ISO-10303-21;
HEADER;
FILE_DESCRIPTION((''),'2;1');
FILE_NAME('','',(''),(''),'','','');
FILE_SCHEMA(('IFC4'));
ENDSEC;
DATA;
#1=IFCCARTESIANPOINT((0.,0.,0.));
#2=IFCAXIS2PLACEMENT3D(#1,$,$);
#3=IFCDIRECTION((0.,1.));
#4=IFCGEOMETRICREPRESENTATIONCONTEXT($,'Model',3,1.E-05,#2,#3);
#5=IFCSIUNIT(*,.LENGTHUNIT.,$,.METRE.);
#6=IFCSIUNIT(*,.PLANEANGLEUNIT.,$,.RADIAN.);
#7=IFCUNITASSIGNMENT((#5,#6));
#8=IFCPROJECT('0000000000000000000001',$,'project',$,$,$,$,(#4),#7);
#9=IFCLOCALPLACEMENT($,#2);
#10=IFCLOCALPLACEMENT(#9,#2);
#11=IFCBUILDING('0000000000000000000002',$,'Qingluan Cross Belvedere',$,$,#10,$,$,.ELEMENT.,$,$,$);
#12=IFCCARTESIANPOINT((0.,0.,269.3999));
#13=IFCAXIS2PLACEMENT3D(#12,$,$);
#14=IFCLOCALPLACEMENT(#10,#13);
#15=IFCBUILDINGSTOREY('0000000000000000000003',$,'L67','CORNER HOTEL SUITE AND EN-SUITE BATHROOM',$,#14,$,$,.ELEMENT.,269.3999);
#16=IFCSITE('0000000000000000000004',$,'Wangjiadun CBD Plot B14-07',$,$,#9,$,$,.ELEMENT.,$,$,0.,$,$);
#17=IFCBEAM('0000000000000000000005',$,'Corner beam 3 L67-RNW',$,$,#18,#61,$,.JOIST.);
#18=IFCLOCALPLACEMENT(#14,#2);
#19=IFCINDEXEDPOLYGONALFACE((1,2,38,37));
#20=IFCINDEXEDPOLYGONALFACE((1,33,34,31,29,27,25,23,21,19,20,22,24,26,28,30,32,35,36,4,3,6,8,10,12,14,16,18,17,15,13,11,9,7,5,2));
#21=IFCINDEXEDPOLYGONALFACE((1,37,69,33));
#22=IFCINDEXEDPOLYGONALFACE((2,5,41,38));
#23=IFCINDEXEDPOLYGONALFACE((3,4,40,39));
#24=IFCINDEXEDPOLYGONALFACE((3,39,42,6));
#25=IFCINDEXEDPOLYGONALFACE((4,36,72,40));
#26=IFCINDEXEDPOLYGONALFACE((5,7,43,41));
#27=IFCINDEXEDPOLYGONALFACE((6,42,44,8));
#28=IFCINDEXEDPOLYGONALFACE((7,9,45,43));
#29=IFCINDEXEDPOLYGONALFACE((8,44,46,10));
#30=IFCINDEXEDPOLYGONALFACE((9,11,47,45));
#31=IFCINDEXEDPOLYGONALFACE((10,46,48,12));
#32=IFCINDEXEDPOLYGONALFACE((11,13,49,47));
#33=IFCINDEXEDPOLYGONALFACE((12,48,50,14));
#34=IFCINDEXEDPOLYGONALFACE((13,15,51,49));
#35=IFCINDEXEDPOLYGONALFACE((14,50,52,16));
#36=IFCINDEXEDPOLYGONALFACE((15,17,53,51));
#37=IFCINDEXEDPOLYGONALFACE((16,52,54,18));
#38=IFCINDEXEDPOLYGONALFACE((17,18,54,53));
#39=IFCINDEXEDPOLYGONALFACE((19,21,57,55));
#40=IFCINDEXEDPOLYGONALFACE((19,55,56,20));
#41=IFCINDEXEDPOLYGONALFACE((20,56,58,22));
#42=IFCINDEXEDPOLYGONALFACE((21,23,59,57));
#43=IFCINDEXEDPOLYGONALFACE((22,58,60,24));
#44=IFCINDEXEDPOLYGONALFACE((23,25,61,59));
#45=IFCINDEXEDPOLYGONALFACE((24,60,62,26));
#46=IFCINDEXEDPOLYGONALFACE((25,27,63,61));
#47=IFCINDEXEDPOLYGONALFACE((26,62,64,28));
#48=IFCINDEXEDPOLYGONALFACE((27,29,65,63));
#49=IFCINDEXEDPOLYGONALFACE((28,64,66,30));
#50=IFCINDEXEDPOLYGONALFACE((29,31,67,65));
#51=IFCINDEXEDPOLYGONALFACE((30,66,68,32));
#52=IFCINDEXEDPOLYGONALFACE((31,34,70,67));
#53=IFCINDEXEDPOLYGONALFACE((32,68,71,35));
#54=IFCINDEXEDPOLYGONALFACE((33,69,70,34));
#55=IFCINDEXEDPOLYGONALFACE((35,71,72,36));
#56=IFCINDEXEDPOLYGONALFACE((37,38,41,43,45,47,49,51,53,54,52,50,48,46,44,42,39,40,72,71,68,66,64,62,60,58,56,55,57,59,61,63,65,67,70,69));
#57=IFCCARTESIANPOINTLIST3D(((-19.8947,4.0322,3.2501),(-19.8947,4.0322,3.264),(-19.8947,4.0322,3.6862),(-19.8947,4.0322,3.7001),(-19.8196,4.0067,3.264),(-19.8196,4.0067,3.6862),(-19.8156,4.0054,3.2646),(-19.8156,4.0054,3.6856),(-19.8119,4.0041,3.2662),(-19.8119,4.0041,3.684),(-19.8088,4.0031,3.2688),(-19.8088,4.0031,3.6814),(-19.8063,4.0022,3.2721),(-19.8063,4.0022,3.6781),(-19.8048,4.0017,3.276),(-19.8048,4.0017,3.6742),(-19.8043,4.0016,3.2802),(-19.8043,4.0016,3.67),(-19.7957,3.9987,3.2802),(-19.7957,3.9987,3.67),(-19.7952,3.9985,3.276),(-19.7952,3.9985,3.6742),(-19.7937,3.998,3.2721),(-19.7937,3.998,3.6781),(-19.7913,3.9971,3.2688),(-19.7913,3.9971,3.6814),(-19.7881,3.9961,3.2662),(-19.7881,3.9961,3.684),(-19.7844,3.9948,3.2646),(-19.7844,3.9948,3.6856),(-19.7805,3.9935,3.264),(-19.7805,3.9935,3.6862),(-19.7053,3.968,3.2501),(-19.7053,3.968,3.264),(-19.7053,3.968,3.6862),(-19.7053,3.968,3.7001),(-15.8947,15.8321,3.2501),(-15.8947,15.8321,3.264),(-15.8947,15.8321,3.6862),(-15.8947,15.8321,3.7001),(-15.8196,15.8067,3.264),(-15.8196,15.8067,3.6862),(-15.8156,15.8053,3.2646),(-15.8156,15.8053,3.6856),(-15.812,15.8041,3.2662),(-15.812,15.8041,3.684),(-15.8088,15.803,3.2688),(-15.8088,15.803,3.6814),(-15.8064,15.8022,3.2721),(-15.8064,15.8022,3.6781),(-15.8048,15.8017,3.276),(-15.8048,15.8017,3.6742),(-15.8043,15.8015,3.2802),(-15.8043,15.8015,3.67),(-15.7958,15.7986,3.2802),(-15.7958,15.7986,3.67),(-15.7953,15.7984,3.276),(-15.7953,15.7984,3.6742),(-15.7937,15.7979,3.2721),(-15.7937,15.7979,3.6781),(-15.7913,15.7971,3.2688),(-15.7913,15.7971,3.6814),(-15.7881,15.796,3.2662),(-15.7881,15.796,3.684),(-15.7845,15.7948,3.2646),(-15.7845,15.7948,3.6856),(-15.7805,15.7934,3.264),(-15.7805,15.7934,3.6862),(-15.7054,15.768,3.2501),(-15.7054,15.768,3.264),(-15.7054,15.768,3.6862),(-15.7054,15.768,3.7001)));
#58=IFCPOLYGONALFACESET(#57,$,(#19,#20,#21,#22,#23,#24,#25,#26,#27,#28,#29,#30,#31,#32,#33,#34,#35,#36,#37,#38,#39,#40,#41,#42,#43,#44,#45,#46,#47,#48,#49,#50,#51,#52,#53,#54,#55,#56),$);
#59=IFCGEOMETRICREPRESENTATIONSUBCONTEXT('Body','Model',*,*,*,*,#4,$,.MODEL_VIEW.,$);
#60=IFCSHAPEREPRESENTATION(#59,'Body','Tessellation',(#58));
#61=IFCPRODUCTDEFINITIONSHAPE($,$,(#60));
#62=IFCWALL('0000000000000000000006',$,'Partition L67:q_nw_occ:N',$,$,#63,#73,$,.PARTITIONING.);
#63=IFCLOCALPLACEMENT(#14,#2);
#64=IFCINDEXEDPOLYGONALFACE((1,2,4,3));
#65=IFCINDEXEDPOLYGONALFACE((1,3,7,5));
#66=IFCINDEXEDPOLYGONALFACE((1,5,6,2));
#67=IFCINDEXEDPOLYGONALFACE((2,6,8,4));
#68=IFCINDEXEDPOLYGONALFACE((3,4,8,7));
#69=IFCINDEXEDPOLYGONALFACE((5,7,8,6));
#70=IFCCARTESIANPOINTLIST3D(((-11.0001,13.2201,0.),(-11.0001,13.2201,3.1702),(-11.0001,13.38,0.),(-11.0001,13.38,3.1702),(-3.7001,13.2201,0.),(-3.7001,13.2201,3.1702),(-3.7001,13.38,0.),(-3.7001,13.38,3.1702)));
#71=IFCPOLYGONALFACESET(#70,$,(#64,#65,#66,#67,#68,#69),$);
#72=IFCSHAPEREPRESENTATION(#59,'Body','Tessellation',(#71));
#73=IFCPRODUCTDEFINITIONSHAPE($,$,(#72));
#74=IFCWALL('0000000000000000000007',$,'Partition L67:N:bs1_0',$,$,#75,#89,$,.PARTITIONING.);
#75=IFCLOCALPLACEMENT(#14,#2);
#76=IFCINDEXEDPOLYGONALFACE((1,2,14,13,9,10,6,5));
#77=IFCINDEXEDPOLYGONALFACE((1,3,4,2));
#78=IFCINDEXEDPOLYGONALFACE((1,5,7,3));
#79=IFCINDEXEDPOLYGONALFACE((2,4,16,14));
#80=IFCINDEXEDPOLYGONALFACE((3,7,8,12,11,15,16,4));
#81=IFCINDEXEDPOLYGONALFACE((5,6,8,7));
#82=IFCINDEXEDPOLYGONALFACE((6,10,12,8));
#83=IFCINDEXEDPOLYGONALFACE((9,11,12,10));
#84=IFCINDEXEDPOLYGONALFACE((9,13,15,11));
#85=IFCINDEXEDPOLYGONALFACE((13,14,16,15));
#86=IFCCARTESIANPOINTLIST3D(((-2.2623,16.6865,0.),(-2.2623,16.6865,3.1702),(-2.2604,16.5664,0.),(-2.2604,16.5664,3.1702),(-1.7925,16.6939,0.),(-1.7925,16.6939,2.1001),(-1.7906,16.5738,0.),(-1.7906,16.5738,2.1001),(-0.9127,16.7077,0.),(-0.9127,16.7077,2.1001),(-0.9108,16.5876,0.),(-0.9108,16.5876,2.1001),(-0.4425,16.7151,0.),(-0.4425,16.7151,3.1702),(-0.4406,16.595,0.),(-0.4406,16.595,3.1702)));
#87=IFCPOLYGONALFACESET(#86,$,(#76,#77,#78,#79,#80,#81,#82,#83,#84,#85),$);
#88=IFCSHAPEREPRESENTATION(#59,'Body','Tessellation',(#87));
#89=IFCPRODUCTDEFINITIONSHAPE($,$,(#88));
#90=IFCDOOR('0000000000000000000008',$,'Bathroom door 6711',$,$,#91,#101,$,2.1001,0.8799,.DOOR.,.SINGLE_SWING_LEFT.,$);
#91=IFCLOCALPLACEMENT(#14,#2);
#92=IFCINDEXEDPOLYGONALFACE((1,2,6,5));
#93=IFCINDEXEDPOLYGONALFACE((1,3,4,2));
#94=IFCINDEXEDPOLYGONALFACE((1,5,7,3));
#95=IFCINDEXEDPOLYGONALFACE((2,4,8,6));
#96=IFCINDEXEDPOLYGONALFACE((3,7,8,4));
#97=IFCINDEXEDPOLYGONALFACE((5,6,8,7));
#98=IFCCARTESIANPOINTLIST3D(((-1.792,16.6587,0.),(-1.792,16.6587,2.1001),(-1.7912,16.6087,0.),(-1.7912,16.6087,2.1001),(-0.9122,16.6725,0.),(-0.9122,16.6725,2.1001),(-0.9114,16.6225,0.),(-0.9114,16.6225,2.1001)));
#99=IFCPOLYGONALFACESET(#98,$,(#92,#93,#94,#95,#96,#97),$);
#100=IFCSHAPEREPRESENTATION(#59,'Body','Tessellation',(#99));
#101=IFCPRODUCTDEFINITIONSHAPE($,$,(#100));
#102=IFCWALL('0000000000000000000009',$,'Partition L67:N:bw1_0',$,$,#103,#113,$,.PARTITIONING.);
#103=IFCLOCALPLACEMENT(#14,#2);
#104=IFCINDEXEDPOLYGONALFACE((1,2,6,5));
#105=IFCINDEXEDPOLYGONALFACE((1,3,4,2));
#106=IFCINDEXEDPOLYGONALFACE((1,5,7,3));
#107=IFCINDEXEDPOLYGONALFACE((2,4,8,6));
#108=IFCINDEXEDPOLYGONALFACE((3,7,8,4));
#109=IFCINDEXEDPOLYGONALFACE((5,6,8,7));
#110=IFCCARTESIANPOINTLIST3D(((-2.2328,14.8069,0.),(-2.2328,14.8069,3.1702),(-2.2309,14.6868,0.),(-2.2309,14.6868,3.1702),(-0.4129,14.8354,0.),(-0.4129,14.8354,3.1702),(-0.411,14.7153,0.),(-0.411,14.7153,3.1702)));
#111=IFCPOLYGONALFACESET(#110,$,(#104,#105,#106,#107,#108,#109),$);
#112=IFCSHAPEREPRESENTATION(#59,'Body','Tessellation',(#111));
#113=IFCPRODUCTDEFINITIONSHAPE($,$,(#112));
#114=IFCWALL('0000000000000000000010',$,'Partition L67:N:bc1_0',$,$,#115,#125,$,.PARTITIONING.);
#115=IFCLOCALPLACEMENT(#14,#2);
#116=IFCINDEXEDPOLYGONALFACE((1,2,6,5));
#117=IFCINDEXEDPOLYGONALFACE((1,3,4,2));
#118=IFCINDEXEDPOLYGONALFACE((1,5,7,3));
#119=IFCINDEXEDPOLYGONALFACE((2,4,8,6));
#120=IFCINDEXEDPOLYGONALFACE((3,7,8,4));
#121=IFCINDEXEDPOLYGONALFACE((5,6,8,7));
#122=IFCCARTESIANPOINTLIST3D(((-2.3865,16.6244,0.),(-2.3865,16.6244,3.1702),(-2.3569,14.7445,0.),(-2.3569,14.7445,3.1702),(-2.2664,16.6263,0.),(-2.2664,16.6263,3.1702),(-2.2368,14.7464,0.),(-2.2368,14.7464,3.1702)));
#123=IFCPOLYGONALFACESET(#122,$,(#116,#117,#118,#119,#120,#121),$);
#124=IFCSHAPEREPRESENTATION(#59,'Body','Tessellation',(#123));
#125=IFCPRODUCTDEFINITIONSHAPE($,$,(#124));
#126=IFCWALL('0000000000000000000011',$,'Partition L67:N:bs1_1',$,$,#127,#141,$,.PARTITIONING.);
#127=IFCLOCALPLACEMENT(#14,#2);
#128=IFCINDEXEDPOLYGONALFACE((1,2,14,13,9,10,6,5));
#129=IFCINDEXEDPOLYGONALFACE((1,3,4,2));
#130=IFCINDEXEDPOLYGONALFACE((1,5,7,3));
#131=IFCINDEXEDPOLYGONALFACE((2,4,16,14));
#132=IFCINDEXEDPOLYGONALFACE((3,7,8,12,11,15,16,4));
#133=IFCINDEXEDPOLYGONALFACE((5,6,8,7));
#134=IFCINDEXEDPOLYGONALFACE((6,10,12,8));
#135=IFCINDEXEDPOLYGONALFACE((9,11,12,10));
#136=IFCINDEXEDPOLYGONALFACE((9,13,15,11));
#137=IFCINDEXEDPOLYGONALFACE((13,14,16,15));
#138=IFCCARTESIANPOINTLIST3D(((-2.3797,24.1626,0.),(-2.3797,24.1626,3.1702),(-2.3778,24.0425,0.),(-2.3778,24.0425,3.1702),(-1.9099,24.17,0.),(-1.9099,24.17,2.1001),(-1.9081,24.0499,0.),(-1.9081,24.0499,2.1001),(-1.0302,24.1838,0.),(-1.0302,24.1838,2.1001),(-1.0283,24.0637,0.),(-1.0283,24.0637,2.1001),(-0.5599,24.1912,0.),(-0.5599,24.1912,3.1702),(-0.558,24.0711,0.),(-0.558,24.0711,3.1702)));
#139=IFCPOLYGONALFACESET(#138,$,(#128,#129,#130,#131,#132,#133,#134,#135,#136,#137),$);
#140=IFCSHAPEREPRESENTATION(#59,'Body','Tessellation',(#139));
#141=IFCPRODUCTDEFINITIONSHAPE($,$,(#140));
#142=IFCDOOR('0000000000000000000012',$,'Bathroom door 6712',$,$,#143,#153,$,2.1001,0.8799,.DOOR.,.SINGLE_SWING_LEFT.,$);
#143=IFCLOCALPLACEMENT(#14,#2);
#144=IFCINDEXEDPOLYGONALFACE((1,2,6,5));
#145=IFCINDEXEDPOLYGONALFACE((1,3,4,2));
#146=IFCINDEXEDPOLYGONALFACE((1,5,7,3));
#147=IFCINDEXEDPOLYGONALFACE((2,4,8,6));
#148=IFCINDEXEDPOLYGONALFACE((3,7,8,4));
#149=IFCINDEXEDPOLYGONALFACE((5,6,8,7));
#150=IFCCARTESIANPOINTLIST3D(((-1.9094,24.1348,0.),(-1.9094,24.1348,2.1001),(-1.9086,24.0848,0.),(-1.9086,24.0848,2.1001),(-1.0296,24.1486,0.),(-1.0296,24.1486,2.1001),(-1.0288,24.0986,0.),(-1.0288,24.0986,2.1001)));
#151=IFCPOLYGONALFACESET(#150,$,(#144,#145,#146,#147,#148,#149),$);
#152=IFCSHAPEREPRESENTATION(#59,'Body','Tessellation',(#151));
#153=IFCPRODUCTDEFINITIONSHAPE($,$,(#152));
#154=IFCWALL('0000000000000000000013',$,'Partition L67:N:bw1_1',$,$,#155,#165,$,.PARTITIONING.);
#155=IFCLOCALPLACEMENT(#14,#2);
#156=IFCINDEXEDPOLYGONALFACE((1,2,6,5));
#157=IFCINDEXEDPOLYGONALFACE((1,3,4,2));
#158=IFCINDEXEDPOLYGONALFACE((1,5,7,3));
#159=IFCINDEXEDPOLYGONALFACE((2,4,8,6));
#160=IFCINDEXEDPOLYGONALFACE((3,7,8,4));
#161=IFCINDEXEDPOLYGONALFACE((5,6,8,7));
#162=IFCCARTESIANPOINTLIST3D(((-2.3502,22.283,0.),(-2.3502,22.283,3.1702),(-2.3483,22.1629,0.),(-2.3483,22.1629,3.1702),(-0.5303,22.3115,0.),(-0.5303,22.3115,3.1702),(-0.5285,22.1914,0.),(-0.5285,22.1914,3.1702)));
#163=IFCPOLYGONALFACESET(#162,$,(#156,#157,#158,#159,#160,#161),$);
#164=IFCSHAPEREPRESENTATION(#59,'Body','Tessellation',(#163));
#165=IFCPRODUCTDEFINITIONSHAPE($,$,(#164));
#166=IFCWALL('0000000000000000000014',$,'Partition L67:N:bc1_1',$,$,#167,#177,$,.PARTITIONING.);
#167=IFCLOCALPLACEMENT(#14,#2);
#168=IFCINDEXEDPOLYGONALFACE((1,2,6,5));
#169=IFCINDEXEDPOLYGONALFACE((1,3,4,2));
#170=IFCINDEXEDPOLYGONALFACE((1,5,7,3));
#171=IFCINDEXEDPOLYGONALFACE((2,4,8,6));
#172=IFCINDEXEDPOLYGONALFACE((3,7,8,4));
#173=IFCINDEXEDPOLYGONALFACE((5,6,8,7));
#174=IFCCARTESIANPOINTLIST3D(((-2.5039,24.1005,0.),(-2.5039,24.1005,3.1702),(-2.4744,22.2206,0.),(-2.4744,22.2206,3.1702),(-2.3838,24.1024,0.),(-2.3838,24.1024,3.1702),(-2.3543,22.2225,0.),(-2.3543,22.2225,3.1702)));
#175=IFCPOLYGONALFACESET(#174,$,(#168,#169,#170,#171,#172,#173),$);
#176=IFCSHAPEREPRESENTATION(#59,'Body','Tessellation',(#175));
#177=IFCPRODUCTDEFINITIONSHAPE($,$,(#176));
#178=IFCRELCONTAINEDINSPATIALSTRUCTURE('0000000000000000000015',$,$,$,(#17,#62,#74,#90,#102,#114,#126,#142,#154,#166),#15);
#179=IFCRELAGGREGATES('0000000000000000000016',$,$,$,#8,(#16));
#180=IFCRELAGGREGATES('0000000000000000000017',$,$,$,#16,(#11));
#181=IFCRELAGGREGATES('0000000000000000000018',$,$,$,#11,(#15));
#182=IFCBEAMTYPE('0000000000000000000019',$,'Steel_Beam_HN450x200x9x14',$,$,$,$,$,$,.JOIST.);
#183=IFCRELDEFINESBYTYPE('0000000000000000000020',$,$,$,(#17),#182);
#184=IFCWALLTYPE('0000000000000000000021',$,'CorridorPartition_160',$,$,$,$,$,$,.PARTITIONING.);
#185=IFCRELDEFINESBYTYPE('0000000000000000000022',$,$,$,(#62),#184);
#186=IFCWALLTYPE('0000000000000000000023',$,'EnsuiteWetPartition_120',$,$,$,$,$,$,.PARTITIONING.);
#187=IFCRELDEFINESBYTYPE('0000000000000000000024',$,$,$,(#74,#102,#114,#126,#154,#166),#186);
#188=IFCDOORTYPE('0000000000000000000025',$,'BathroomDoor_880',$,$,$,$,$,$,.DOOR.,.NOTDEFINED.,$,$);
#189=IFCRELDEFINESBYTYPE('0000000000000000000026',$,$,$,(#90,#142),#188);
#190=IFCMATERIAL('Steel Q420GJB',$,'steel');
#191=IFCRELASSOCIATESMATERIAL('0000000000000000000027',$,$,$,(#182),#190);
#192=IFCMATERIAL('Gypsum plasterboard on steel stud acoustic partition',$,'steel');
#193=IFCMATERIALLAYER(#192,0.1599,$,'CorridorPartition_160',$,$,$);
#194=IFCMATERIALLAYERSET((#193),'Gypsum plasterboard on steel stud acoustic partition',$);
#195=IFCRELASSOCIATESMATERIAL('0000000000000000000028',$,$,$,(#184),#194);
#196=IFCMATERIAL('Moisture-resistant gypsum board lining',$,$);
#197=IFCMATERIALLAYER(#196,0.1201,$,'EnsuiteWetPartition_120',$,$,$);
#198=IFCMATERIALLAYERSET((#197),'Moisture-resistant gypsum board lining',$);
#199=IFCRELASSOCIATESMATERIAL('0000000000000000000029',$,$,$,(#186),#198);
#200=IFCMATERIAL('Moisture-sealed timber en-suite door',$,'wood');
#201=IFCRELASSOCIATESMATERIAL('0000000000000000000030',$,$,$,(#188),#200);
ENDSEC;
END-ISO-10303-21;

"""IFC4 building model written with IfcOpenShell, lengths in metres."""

from ifc_helpers import new_model, si_unit, direction, frame, frame_2d, origin, origin_2d, place, context, subcontext, project, spatial, rectangle, i_section, extrude, material, layer, layer_set, material_profile, profile_set, type_object, element, fill, save


model = new_model("IFC4")

# Units and contexts
model_context = context("Model", 3, precision=1e-05, world=origin(), true_north=direction((0.0, 1.0)))
body_context = subcontext(model_context, "Body", "Model", "MODEL_VIEW")
ifc_project = project(units=[si_unit("LENGTHUNIT", "METRE"), si_unit("PLANEANGLEUNIT", "RADIAN")], contexts=[model_context])

# Site, building, storey
site_placement = place(None, origin())
site = spatial("IfcSite", under=ifc_project, at=site_placement, Name="Wangjiadun CBD Plot B14-07", CompositionType="ELEMENT", RefElevation=0.0)
building_placement = place(site_placement, origin())
building = spatial("IfcBuilding", under=site, at=building_placement, Name="Qingluan Cross Belvedere", CompositionType="ELEMENT")
storey_placement = place(building_placement, frame((0.0, 0.0, 269.3999)))
storey = spatial("IfcBuildingStorey", under=building, at=storey_placement, Name="L67", Description="CORNER HOTEL SUITE AND EN-SUITE BATHROOM", CompositionType="ELEMENT", Elevation=269.3999)

# Beam
ifc_material_1 = material(Name="Steel Q420GJB", Category="steel")
ifc_material_profile_1 = material_profile(ifc_material_1, i_section(OverallWidth=0.2, OverallDepth=0.45, WebThickness=0.009, FlangeThickness=0.0139, FilletRadius=0.0161, at=origin_2d()), Name="HN450x200x9x14")
ifc_profile_set_1 = profile_set([ifc_material_profile_1], Name="Steel Q420GJB")
beam_type_1 = type_object("IfcBeamType", Name="Steel_Beam_HN450x200x9x14", PredefinedType="JOIST", material=ifc_profile_set_1)
for number, where, z_axis, x_axis, name in (
    (1, (-15.8, 15.8, 3.4751), (-0.321038, -0.947066, 0.0), (0.947066, -0.321038, 0.0), "Corner beam 3 L67-RNW"),
):
    element("IfcBeam", number, at=place(storey_placement, frame(where, z_axis=z_axis, x_axis=x_axis)), inside=storey, type_object=beam_type_1, Name=name, PredefinedType="JOIST", context=body_context, shape_type="SweptSolid", body=[
        extrude(i_section(OverallWidth=0.2, OverallDepth=0.45, WebThickness=0.009, FlangeThickness=0.0139, FilletRadius=0.0161, at=origin_2d()), origin(), (0.0, 0.0, 1.0), 12.4595),
    ])

# Wall
ifc_material_2 = material(Name="Gypsum plasterboard on steel stud acoustic partition", Category="steel")
ifc_layer_1 = layer(ifc_material_2, 0.1599, Name="CorridorPartition_160")
ifc_layer_set_1 = layer_set([ifc_layer_1], Name="Gypsum plasterboard on steel stud acoustic partition")
wall_type_1 = type_object("IfcWallType", Name="CorridorPartition_160", PredefinedType="PARTITIONING", material=ifc_layer_set_1)
wall_1_placement = place(storey_placement, frame((-11.0, 13.3, 0.0), z_axis=(0.0, 0.0, 1.0), x_axis=(1.0, 0.0, 0.0)))
element("IfcWall", 2, at=wall_1_placement, inside=storey, type_object=wall_type_1, Name="Partition L67:q_nw_occ:N", PredefinedType="PARTITIONING", context=body_context, shape_type="SweptSolid", body=[
    extrude(rectangle(XDim=7.3, YDim=0.1599, at=frame_2d((3.6499, 0.0))), origin(), (0.0, 0.0, 1.0), 3.1702),
])

# Wall, opening, door
ifc_material_3 = material(Name="Moisture-resistant gypsum board lining")
ifc_layer_2 = layer(ifc_material_3, 0.1201, Name="EnsuiteWetPartition_120")
ifc_layer_set_2 = layer_set([ifc_layer_2], Name="Moisture-resistant gypsum board lining")
wall_type_2 = type_object("IfcWallType", Name="EnsuiteWetPartition_120", PredefinedType="PARTITIONING", material=ifc_layer_set_2)
wall_2_placement = place(storey_placement, frame((-2.2615, 16.6265, 0.0), z_axis=(0.0, 0.0, 1.0), x_axis=(0.999877, 0.015694, 0.0)))
wall_2 = element("IfcWall", 3, at=wall_2_placement, inside=storey, type_object=wall_type_2, Name="Partition L67:N:bs1_0", PredefinedType="PARTITIONING", context=body_context, shape_type="SweptSolid", body=[
    extrude(rectangle(XDim=1.8201, YDim=0.1201, at=frame_2d((0.9102, 0.0))), origin(), (0.0, 0.0, 1.0), 3.1702),
])
opening_1_placement = place(wall_2_placement, frame((0.47, 0.0, 0.0)))
opening_1 = element("IfcOpeningElement", 4, at=opening_1_placement, cuts=wall_2, PredefinedType="OPENING", context=body_context, shape_type="SweptSolid", body=[
    extrude(rectangle(XDim=0.8799, YDim=2.1001, at=frame_2d((0.4399, 1.05))), frame((0.0, 0.0701, 0.0), z_axis=(0.0, -1.0, 0.0), x_axis=(1.0, 0.0, 0.0)), (0.0, 0.0, 1.0), 0.1401),
])
ifc_material_4 = material(Name="Moisture-sealed timber en-suite door", Category="wood")
door_type = type_object("IfcDoorType", Name="BathroomDoor_880", OperationType="NOTDEFINED", PredefinedType="DOOR", material=ifc_material_4)
door_1_placement = place(opening_1_placement, origin())
door_1 = element("IfcDoor", 5, at=door_1_placement, inside=storey, type_object=door_type, Name="Bathroom door 6711", OperationType="SINGLE_SWING_LEFT", OverallHeight=2.1001, OverallWidth=0.8799, PredefinedType="DOOR", context=body_context, shape_type="SweptSolid", body=[
    extrude(rectangle(XDim=0.8799, YDim=2.1001, at=frame_2d((0.4399, 1.05))), frame((0.0, 0.0249, 0.0), z_axis=(0.0, -1.0, 0.0), x_axis=(1.0, 0.0, 0.0)), (0.0, 0.0, 1.0), 0.05),
])
fill(opening_1, door_1)

# Walls
wall_3_placement = place(storey_placement, frame((-2.2319, 14.7468, 0.0), z_axis=(0.0, 0.0, 1.0), x_axis=(0.999877, 0.015694, 0.0)))
element("IfcWall", 6, at=wall_3_placement, inside=storey, type_object=wall_type_2, Name="Partition L67:N:bw1_0", PredefinedType="PARTITIONING", context=body_context, shape_type="SweptSolid", body=[
    extrude(rectangle(XDim=1.8201, YDim=0.1201, at=frame_2d((0.9102, 0.0))), origin(), (0.0, 0.0, 1.0), 3.1702),
])
wall_4_placement = place(storey_placement, frame((-2.2969, 14.7456, 0.0), z_axis=(0.0, 0.0, 1.0), x_axis=(-0.015712, 0.999877, 0.0)))
element("IfcWall", 7, at=wall_4_placement, inside=storey, type_object=wall_type_2, Name="Partition L67:N:bc1_0", PredefinedType="PARTITIONING", context=body_context, shape_type="SweptSolid", body=[
    extrude(rectangle(XDim=1.8801, YDim=0.1201, at=frame_2d((0.9399, 0.0))), origin(), (0.0, 0.0, 1.0), 3.1702),
])

# Wall, opening, door
wall_5_placement = place(storey_placement, frame((-2.3789, 24.1025, 0.0), z_axis=(0.0, 0.0, 1.0), x_axis=(0.999877, 0.015694, 0.0)))
wall_5 = element("IfcWall", 8, at=wall_5_placement, inside=storey, type_object=wall_type_2, Name="Partition L67:N:bs1_1", PredefinedType="PARTITIONING", context=body_context, shape_type="SweptSolid", body=[
    extrude(rectangle(XDim=1.8201, YDim=0.1201, at=frame_2d((0.9102, 0.0))), origin(), (0.0, 0.0, 1.0), 3.1702),
])
opening_2_placement = place(wall_5_placement, frame((0.47, 0.0, 0.0)))
opening_2 = element("IfcOpeningElement", 9, at=opening_2_placement, cuts=wall_5, PredefinedType="OPENING", context=body_context, shape_type="SweptSolid", body=[
    extrude(rectangle(XDim=0.8799, YDim=2.1001, at=frame_2d((0.4399, 1.05))), frame((0.0, 0.0701, 0.0), z_axis=(0.0, -1.0, 0.0), x_axis=(1.0, 0.0, 0.0)), (0.0, 0.0, 1.0), 0.1401),
])
door_2_placement = place(opening_2_placement, origin())
door_2 = element("IfcDoor", 10, at=door_2_placement, inside=storey, type_object=door_type, Name="Bathroom door 6712", OperationType="SINGLE_SWING_LEFT", OverallHeight=2.1001, OverallWidth=0.8799, PredefinedType="DOOR", context=body_context, shape_type="SweptSolid", body=[
    extrude(rectangle(XDim=0.8799, YDim=2.1001, at=frame_2d((0.4399, 1.05))), frame((0.0, 0.0249, 0.0), z_axis=(0.0, -1.0, 0.0), x_axis=(1.0, 0.0, 0.0)), (0.0, 0.0, 1.0), 0.05),
])
fill(opening_2, door_2)

# Walls
wall_6_placement = place(storey_placement, frame((-2.3494, 22.2229, 0.0), z_axis=(0.0, 0.0, 1.0), x_axis=(0.999877, 0.015694, 0.0)))
element("IfcWall", 11, at=wall_6_placement, inside=storey, type_object=wall_type_2, Name="Partition L67:N:bw1_1", PredefinedType="PARTITIONING", context=body_context, shape_type="SweptSolid", body=[
    extrude(rectangle(XDim=1.8201, YDim=0.1201, at=frame_2d((0.9102, 0.0))), origin(), (0.0, 0.0, 1.0), 3.1702),
])
wall_7_placement = place(storey_placement, frame((-2.4143, 22.2217, 0.0), z_axis=(0.0, 0.0, 1.0), x_axis=(-0.015712, 0.999877, 0.0)))
element("IfcWall", 12, at=wall_7_placement, inside=storey, type_object=wall_type_2, Name="Partition L67:N:bc1_1", PredefinedType="PARTITIONING", context=body_context, shape_type="SweptSolid", body=[
    extrude(rectangle(XDim=1.8801, YDim=0.1201, at=frame_2d((0.9399, 0.0))), origin(), (0.0, 0.0, 1.0), 3.1702),
])

save(model, "model.ifc")
